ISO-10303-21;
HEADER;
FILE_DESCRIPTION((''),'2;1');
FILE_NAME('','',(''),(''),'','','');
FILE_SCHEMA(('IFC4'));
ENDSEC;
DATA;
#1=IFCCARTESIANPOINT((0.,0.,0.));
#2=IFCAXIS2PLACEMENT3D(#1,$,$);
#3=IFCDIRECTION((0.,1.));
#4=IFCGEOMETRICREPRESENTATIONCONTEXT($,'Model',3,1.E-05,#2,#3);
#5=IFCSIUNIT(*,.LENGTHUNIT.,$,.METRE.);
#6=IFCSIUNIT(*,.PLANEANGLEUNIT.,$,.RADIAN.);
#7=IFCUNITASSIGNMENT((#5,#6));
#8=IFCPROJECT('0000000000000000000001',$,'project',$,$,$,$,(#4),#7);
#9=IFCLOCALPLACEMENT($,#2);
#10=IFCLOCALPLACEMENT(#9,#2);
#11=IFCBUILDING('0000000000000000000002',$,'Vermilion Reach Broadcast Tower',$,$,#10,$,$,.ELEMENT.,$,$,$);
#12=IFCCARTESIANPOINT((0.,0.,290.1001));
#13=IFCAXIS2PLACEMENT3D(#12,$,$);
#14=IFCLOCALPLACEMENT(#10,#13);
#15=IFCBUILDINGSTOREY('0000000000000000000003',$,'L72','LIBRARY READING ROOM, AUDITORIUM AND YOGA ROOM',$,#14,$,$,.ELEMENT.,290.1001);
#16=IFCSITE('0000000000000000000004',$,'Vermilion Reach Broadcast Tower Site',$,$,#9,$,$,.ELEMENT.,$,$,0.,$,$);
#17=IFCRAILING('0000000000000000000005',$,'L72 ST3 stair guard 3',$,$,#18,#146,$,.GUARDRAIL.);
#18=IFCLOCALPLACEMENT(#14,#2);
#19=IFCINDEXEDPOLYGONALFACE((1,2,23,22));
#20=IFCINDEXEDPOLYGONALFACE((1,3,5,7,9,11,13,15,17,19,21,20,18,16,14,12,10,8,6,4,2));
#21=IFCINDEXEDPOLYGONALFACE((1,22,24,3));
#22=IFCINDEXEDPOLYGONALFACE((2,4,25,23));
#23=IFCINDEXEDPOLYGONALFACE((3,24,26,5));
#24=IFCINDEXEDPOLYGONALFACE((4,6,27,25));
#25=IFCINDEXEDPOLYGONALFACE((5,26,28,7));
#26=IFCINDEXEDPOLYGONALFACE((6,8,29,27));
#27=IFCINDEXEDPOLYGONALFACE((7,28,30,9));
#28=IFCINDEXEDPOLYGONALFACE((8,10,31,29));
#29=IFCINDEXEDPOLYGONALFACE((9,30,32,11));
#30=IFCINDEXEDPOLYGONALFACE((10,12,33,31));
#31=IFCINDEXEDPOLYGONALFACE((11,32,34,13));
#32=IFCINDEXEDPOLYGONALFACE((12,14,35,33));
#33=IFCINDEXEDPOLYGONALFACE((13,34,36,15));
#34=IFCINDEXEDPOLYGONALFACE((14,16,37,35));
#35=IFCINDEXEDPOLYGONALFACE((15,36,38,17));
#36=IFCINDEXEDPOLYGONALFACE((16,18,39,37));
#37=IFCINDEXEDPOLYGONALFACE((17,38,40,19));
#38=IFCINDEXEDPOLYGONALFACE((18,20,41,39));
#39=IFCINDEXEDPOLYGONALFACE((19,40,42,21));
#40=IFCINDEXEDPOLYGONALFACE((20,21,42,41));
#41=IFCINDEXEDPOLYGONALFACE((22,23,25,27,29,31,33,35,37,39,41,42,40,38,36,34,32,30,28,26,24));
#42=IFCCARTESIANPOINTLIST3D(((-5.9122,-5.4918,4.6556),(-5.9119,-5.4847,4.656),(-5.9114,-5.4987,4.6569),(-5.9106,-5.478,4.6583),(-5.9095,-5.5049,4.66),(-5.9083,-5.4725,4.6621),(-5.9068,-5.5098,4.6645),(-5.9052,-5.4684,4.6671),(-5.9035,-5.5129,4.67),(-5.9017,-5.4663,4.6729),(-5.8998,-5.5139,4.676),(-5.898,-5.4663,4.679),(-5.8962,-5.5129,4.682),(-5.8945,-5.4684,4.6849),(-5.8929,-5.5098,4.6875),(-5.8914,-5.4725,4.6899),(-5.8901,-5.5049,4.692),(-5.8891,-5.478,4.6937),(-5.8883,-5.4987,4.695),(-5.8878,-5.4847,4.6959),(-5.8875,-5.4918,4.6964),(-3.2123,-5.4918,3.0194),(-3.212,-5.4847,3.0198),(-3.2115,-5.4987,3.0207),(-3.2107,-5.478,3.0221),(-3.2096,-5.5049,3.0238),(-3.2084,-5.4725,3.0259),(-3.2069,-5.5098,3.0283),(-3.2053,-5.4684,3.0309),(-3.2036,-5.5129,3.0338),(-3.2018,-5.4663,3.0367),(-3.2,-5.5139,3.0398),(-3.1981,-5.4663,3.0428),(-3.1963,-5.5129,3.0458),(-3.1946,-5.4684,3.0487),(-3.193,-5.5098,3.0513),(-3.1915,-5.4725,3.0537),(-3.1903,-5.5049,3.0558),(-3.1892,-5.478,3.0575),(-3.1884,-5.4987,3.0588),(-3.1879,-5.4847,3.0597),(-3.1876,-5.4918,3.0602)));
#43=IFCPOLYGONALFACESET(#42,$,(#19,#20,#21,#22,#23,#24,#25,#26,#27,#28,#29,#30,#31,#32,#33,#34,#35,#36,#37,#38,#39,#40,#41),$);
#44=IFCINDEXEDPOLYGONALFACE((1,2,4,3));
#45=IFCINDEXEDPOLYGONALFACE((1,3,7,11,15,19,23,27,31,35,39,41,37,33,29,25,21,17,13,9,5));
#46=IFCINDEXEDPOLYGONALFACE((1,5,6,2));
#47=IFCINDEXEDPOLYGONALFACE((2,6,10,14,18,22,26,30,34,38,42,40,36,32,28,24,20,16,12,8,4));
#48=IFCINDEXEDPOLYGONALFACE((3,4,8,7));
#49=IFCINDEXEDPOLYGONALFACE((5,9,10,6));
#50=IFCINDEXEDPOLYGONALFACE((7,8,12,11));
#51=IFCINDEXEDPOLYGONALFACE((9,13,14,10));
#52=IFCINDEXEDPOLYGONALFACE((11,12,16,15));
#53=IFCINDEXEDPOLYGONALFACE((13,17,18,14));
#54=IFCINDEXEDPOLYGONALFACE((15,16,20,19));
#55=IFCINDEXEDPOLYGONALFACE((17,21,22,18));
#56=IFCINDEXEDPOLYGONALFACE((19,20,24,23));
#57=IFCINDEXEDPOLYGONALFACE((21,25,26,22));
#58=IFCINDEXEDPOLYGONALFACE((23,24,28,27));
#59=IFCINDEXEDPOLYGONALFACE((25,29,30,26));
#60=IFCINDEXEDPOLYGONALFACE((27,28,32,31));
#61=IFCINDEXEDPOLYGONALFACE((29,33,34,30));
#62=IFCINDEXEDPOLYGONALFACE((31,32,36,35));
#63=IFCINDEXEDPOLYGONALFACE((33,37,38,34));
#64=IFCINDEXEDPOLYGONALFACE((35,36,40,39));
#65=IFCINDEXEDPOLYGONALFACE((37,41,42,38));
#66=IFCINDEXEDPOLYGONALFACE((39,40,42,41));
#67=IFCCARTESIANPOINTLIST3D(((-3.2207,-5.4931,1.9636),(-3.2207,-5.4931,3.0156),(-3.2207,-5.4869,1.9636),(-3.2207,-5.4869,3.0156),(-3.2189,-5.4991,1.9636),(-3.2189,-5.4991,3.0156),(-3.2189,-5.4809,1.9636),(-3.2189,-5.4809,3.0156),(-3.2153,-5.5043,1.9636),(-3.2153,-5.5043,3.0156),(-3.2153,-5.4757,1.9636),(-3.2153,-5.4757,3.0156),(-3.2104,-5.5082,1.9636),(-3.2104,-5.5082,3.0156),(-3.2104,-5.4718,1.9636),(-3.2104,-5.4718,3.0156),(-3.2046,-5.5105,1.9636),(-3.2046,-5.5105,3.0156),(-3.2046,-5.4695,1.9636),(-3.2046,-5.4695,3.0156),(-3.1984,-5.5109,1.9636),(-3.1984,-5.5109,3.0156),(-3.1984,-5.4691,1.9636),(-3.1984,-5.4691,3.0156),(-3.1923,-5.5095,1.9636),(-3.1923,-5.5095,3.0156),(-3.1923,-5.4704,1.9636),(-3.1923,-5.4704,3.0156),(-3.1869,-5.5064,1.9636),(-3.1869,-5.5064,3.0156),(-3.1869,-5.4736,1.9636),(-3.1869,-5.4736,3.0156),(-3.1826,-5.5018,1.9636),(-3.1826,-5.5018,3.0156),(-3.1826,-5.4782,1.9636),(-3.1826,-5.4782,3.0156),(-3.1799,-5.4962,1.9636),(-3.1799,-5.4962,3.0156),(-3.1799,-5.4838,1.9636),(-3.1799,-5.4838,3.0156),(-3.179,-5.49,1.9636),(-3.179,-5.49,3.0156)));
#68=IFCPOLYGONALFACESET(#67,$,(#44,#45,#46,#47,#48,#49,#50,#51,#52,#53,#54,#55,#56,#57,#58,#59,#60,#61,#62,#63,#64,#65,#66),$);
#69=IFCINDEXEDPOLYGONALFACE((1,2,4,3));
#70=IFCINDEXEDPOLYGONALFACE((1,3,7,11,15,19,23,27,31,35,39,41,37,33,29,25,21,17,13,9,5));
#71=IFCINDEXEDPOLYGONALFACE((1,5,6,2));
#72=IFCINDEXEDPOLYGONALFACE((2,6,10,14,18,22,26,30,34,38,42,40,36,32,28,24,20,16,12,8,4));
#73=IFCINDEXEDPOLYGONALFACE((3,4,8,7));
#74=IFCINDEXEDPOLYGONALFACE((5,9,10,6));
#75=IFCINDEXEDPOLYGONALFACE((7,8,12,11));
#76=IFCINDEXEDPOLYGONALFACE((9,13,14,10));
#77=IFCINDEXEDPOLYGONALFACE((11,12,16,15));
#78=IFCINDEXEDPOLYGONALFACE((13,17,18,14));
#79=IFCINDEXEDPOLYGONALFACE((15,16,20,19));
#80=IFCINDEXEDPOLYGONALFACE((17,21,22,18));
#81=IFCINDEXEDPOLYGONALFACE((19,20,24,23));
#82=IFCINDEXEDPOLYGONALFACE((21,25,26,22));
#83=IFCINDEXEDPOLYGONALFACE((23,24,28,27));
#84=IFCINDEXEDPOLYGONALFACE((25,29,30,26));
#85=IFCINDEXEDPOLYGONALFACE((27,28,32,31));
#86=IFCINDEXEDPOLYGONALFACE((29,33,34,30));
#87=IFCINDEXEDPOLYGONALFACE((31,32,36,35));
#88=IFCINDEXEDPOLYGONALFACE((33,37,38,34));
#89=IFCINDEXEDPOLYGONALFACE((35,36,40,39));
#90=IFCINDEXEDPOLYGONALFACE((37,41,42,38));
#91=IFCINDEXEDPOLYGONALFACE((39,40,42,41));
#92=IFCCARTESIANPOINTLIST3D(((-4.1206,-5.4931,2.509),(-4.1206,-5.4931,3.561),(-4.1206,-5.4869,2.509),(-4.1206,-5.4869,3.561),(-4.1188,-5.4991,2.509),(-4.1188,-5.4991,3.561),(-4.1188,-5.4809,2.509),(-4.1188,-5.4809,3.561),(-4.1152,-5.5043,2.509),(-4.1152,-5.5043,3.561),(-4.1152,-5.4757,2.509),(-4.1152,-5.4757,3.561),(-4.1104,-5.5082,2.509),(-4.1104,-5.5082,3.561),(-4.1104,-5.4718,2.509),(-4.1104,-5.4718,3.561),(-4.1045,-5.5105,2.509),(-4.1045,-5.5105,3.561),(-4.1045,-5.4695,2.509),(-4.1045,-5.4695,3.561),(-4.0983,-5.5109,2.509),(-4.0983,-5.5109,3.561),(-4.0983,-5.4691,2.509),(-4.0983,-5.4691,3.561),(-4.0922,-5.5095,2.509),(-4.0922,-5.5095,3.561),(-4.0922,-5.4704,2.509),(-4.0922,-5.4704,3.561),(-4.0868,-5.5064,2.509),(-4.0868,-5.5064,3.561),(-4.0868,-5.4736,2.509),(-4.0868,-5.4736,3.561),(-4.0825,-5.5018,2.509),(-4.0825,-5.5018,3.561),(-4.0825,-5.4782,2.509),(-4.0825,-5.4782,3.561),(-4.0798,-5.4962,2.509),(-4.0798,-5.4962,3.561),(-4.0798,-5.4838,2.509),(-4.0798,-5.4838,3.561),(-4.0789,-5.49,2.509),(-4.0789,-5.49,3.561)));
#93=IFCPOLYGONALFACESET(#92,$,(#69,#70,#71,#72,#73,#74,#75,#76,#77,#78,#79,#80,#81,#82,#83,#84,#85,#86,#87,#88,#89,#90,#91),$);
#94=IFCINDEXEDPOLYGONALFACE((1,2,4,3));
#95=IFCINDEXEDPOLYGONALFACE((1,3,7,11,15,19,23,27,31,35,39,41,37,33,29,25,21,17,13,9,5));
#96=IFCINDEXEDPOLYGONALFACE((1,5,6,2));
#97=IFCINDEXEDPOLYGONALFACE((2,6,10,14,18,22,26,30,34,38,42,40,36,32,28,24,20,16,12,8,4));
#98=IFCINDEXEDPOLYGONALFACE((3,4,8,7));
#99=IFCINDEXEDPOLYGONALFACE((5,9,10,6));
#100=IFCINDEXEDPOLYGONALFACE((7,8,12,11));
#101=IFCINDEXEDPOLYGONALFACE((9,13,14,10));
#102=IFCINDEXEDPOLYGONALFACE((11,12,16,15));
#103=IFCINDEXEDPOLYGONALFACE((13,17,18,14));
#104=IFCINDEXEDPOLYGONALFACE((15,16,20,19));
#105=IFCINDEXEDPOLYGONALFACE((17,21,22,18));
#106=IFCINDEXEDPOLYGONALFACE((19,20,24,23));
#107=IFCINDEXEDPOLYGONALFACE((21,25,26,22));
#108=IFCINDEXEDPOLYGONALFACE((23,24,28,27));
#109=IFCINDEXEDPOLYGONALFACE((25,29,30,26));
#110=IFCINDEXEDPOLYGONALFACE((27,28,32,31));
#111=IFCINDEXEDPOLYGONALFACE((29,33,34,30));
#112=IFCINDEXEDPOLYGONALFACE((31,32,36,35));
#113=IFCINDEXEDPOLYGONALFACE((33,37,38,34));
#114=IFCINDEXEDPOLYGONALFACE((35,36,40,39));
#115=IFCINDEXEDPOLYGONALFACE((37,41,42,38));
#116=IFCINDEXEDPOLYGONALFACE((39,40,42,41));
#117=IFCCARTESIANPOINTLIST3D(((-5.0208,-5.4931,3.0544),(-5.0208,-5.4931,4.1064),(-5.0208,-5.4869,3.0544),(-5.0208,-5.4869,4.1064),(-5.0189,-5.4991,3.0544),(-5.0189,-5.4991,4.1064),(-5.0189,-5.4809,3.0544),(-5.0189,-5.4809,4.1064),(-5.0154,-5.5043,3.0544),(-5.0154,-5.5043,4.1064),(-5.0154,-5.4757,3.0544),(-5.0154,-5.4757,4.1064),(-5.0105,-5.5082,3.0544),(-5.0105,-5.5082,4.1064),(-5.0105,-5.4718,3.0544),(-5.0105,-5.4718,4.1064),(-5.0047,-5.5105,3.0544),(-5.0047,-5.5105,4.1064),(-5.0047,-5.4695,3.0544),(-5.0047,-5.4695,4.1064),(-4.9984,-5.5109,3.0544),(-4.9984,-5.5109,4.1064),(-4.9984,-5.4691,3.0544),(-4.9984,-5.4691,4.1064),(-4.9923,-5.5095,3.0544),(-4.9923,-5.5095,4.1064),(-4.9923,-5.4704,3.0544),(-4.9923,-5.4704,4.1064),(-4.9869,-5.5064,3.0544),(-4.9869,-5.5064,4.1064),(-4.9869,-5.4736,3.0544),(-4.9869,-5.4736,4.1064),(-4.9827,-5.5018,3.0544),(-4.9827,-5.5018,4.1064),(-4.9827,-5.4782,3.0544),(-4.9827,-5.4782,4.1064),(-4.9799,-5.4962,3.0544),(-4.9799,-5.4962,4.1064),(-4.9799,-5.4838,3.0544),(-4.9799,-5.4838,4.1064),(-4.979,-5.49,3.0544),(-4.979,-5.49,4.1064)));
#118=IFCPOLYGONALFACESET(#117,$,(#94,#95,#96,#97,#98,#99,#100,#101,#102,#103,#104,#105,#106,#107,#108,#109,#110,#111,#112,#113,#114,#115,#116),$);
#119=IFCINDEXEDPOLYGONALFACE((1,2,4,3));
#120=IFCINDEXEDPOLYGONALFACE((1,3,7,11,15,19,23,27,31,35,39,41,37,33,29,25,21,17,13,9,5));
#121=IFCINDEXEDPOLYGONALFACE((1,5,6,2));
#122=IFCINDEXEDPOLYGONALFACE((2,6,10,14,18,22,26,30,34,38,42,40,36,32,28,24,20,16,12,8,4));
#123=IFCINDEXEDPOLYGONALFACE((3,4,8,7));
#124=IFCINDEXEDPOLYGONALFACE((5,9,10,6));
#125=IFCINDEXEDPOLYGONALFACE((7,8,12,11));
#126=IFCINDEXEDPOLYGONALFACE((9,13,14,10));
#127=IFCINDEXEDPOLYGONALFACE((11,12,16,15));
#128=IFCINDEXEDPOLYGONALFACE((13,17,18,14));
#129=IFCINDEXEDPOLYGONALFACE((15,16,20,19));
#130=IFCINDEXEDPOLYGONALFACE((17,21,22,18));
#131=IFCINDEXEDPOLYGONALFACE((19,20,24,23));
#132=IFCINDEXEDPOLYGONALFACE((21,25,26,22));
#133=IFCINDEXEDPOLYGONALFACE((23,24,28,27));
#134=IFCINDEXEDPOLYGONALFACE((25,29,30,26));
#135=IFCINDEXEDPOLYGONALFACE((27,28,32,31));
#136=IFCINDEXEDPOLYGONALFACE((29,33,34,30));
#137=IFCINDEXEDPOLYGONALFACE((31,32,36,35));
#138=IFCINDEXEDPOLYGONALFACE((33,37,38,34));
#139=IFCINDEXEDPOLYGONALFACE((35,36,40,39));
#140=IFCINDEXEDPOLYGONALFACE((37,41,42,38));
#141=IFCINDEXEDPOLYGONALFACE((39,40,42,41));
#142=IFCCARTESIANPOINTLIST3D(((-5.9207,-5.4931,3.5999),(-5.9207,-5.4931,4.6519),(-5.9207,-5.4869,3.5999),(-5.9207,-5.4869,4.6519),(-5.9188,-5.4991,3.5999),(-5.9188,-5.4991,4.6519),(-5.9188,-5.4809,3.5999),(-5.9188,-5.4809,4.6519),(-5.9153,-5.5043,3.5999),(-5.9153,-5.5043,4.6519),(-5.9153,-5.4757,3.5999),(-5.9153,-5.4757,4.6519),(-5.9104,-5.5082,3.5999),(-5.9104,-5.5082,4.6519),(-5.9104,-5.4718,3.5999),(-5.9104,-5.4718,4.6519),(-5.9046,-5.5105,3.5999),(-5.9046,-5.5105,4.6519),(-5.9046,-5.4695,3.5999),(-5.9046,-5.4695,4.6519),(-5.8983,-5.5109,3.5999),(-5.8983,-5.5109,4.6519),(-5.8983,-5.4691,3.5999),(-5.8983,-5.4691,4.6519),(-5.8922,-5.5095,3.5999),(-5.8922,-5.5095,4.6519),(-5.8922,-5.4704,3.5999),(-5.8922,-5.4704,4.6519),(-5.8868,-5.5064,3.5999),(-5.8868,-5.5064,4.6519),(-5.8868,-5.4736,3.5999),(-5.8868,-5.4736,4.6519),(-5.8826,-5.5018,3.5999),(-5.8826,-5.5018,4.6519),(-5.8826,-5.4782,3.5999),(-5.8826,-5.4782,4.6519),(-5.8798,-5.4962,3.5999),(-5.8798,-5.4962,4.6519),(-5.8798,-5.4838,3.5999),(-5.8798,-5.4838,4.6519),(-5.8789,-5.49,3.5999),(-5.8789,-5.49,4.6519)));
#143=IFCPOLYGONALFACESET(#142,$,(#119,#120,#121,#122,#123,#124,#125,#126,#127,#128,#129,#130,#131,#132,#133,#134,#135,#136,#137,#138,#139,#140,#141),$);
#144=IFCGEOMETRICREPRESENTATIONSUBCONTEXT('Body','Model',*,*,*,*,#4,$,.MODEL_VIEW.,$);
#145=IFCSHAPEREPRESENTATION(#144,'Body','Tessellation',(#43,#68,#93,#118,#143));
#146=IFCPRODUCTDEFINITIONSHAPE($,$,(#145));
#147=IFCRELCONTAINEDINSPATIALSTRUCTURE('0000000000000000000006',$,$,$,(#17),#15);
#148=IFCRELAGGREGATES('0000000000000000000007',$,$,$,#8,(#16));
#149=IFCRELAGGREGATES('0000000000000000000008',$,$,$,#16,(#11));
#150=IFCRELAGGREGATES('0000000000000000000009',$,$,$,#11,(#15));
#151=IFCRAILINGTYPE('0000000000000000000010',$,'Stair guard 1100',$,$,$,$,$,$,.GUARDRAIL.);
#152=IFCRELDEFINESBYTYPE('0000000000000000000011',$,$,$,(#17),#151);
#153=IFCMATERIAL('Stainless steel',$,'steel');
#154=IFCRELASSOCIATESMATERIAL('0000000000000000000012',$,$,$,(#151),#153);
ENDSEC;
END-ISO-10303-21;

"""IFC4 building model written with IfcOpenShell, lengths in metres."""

from ifc_helpers import new_model, si_unit, direction, frame, origin, origin_2d, place, context, subcontext, project, spatial, circle, extrude, material, type_object, element, save


model = new_model("IFC4")

# Units and contexts
model_context = context("Model", 3, precision=1e-05, world=origin(), true_north=direction((0.0, 1.0)))
body_context = subcontext(model_context, "Body", "Model", "MODEL_VIEW")
ifc_project = project(units=[si_unit("LENGTHUNIT", "METRE"), si_unit("PLANEANGLEUNIT", "RADIAN")], contexts=[model_context])

# Site, building, storey
site_placement = place(None, origin())
site = spatial("IfcSite", under=ifc_project, at=site_placement, Name="Vermilion Reach Broadcast Tower Site", CompositionType="ELEMENT", RefElevation=0.0)
building_placement = place(site_placement, origin())
building = spatial("IfcBuilding", under=site, at=building_placement, Name="Vermilion Reach Broadcast Tower", CompositionType="ELEMENT")
storey_placement = place(building_placement, frame((0.0, 0.0, 290.1001)))
storey = spatial("IfcBuildingStorey", under=building, at=storey_placement, Name="L72", Description="LIBRARY READING ROOM, AUDITORIUM AND YOGA ROOM", CompositionType="ELEMENT", Elevation=290.1001)

# Railing
ifc_material_1 = material(Name="Stainless steel", Category="steel")
railing_type_1 = type_object("IfcRailingType", Name="Stair guard 1100", PredefinedType="GUARDRAIL", material=ifc_material_1)
railing_1_placement = place(storey_placement, frame((-3.2, -5.49, 1.9636)))
element("IfcRailing", 1, at=railing_1_placement, inside=storey, type_object=railing_type_1, Name="L72 ST3 stair guard 3", PredefinedType="GUARDRAIL", context=body_context, shape_type="SweptSolid", body=[
    extrude(circle(Radius=0.0239, at=origin_2d()), frame((0.0, 0.0, 1.0762), z_axis=(-0.855212, 0.0, 0.518278), x_axis=(0.0, -1.0, 0.0)), (0.0, 0.0, 1.0), 3.157),
    extrude(circle(Radius=0.021, at=origin_2d()), origin(), (0.0, 0.0, 1.0), 1.052),
    extrude(circle(Radius=0.021, at=origin_2d()), frame((-0.8999, 0.0, 0.5454)), (0.0, 0.0, 1.0), 1.052),
    extrude(circle(Radius=0.021, at=origin_2d()), frame((-1.8, 0.0, 1.0908)), (0.0, 0.0, 1.0), 1.052),
    extrude(circle(Radius=0.021, at=origin_2d()), frame((-2.7, 0.0, 1.6362)), (0.0, 0.0, 1.0), 1.052),
])

save(model, "model.ifc")
